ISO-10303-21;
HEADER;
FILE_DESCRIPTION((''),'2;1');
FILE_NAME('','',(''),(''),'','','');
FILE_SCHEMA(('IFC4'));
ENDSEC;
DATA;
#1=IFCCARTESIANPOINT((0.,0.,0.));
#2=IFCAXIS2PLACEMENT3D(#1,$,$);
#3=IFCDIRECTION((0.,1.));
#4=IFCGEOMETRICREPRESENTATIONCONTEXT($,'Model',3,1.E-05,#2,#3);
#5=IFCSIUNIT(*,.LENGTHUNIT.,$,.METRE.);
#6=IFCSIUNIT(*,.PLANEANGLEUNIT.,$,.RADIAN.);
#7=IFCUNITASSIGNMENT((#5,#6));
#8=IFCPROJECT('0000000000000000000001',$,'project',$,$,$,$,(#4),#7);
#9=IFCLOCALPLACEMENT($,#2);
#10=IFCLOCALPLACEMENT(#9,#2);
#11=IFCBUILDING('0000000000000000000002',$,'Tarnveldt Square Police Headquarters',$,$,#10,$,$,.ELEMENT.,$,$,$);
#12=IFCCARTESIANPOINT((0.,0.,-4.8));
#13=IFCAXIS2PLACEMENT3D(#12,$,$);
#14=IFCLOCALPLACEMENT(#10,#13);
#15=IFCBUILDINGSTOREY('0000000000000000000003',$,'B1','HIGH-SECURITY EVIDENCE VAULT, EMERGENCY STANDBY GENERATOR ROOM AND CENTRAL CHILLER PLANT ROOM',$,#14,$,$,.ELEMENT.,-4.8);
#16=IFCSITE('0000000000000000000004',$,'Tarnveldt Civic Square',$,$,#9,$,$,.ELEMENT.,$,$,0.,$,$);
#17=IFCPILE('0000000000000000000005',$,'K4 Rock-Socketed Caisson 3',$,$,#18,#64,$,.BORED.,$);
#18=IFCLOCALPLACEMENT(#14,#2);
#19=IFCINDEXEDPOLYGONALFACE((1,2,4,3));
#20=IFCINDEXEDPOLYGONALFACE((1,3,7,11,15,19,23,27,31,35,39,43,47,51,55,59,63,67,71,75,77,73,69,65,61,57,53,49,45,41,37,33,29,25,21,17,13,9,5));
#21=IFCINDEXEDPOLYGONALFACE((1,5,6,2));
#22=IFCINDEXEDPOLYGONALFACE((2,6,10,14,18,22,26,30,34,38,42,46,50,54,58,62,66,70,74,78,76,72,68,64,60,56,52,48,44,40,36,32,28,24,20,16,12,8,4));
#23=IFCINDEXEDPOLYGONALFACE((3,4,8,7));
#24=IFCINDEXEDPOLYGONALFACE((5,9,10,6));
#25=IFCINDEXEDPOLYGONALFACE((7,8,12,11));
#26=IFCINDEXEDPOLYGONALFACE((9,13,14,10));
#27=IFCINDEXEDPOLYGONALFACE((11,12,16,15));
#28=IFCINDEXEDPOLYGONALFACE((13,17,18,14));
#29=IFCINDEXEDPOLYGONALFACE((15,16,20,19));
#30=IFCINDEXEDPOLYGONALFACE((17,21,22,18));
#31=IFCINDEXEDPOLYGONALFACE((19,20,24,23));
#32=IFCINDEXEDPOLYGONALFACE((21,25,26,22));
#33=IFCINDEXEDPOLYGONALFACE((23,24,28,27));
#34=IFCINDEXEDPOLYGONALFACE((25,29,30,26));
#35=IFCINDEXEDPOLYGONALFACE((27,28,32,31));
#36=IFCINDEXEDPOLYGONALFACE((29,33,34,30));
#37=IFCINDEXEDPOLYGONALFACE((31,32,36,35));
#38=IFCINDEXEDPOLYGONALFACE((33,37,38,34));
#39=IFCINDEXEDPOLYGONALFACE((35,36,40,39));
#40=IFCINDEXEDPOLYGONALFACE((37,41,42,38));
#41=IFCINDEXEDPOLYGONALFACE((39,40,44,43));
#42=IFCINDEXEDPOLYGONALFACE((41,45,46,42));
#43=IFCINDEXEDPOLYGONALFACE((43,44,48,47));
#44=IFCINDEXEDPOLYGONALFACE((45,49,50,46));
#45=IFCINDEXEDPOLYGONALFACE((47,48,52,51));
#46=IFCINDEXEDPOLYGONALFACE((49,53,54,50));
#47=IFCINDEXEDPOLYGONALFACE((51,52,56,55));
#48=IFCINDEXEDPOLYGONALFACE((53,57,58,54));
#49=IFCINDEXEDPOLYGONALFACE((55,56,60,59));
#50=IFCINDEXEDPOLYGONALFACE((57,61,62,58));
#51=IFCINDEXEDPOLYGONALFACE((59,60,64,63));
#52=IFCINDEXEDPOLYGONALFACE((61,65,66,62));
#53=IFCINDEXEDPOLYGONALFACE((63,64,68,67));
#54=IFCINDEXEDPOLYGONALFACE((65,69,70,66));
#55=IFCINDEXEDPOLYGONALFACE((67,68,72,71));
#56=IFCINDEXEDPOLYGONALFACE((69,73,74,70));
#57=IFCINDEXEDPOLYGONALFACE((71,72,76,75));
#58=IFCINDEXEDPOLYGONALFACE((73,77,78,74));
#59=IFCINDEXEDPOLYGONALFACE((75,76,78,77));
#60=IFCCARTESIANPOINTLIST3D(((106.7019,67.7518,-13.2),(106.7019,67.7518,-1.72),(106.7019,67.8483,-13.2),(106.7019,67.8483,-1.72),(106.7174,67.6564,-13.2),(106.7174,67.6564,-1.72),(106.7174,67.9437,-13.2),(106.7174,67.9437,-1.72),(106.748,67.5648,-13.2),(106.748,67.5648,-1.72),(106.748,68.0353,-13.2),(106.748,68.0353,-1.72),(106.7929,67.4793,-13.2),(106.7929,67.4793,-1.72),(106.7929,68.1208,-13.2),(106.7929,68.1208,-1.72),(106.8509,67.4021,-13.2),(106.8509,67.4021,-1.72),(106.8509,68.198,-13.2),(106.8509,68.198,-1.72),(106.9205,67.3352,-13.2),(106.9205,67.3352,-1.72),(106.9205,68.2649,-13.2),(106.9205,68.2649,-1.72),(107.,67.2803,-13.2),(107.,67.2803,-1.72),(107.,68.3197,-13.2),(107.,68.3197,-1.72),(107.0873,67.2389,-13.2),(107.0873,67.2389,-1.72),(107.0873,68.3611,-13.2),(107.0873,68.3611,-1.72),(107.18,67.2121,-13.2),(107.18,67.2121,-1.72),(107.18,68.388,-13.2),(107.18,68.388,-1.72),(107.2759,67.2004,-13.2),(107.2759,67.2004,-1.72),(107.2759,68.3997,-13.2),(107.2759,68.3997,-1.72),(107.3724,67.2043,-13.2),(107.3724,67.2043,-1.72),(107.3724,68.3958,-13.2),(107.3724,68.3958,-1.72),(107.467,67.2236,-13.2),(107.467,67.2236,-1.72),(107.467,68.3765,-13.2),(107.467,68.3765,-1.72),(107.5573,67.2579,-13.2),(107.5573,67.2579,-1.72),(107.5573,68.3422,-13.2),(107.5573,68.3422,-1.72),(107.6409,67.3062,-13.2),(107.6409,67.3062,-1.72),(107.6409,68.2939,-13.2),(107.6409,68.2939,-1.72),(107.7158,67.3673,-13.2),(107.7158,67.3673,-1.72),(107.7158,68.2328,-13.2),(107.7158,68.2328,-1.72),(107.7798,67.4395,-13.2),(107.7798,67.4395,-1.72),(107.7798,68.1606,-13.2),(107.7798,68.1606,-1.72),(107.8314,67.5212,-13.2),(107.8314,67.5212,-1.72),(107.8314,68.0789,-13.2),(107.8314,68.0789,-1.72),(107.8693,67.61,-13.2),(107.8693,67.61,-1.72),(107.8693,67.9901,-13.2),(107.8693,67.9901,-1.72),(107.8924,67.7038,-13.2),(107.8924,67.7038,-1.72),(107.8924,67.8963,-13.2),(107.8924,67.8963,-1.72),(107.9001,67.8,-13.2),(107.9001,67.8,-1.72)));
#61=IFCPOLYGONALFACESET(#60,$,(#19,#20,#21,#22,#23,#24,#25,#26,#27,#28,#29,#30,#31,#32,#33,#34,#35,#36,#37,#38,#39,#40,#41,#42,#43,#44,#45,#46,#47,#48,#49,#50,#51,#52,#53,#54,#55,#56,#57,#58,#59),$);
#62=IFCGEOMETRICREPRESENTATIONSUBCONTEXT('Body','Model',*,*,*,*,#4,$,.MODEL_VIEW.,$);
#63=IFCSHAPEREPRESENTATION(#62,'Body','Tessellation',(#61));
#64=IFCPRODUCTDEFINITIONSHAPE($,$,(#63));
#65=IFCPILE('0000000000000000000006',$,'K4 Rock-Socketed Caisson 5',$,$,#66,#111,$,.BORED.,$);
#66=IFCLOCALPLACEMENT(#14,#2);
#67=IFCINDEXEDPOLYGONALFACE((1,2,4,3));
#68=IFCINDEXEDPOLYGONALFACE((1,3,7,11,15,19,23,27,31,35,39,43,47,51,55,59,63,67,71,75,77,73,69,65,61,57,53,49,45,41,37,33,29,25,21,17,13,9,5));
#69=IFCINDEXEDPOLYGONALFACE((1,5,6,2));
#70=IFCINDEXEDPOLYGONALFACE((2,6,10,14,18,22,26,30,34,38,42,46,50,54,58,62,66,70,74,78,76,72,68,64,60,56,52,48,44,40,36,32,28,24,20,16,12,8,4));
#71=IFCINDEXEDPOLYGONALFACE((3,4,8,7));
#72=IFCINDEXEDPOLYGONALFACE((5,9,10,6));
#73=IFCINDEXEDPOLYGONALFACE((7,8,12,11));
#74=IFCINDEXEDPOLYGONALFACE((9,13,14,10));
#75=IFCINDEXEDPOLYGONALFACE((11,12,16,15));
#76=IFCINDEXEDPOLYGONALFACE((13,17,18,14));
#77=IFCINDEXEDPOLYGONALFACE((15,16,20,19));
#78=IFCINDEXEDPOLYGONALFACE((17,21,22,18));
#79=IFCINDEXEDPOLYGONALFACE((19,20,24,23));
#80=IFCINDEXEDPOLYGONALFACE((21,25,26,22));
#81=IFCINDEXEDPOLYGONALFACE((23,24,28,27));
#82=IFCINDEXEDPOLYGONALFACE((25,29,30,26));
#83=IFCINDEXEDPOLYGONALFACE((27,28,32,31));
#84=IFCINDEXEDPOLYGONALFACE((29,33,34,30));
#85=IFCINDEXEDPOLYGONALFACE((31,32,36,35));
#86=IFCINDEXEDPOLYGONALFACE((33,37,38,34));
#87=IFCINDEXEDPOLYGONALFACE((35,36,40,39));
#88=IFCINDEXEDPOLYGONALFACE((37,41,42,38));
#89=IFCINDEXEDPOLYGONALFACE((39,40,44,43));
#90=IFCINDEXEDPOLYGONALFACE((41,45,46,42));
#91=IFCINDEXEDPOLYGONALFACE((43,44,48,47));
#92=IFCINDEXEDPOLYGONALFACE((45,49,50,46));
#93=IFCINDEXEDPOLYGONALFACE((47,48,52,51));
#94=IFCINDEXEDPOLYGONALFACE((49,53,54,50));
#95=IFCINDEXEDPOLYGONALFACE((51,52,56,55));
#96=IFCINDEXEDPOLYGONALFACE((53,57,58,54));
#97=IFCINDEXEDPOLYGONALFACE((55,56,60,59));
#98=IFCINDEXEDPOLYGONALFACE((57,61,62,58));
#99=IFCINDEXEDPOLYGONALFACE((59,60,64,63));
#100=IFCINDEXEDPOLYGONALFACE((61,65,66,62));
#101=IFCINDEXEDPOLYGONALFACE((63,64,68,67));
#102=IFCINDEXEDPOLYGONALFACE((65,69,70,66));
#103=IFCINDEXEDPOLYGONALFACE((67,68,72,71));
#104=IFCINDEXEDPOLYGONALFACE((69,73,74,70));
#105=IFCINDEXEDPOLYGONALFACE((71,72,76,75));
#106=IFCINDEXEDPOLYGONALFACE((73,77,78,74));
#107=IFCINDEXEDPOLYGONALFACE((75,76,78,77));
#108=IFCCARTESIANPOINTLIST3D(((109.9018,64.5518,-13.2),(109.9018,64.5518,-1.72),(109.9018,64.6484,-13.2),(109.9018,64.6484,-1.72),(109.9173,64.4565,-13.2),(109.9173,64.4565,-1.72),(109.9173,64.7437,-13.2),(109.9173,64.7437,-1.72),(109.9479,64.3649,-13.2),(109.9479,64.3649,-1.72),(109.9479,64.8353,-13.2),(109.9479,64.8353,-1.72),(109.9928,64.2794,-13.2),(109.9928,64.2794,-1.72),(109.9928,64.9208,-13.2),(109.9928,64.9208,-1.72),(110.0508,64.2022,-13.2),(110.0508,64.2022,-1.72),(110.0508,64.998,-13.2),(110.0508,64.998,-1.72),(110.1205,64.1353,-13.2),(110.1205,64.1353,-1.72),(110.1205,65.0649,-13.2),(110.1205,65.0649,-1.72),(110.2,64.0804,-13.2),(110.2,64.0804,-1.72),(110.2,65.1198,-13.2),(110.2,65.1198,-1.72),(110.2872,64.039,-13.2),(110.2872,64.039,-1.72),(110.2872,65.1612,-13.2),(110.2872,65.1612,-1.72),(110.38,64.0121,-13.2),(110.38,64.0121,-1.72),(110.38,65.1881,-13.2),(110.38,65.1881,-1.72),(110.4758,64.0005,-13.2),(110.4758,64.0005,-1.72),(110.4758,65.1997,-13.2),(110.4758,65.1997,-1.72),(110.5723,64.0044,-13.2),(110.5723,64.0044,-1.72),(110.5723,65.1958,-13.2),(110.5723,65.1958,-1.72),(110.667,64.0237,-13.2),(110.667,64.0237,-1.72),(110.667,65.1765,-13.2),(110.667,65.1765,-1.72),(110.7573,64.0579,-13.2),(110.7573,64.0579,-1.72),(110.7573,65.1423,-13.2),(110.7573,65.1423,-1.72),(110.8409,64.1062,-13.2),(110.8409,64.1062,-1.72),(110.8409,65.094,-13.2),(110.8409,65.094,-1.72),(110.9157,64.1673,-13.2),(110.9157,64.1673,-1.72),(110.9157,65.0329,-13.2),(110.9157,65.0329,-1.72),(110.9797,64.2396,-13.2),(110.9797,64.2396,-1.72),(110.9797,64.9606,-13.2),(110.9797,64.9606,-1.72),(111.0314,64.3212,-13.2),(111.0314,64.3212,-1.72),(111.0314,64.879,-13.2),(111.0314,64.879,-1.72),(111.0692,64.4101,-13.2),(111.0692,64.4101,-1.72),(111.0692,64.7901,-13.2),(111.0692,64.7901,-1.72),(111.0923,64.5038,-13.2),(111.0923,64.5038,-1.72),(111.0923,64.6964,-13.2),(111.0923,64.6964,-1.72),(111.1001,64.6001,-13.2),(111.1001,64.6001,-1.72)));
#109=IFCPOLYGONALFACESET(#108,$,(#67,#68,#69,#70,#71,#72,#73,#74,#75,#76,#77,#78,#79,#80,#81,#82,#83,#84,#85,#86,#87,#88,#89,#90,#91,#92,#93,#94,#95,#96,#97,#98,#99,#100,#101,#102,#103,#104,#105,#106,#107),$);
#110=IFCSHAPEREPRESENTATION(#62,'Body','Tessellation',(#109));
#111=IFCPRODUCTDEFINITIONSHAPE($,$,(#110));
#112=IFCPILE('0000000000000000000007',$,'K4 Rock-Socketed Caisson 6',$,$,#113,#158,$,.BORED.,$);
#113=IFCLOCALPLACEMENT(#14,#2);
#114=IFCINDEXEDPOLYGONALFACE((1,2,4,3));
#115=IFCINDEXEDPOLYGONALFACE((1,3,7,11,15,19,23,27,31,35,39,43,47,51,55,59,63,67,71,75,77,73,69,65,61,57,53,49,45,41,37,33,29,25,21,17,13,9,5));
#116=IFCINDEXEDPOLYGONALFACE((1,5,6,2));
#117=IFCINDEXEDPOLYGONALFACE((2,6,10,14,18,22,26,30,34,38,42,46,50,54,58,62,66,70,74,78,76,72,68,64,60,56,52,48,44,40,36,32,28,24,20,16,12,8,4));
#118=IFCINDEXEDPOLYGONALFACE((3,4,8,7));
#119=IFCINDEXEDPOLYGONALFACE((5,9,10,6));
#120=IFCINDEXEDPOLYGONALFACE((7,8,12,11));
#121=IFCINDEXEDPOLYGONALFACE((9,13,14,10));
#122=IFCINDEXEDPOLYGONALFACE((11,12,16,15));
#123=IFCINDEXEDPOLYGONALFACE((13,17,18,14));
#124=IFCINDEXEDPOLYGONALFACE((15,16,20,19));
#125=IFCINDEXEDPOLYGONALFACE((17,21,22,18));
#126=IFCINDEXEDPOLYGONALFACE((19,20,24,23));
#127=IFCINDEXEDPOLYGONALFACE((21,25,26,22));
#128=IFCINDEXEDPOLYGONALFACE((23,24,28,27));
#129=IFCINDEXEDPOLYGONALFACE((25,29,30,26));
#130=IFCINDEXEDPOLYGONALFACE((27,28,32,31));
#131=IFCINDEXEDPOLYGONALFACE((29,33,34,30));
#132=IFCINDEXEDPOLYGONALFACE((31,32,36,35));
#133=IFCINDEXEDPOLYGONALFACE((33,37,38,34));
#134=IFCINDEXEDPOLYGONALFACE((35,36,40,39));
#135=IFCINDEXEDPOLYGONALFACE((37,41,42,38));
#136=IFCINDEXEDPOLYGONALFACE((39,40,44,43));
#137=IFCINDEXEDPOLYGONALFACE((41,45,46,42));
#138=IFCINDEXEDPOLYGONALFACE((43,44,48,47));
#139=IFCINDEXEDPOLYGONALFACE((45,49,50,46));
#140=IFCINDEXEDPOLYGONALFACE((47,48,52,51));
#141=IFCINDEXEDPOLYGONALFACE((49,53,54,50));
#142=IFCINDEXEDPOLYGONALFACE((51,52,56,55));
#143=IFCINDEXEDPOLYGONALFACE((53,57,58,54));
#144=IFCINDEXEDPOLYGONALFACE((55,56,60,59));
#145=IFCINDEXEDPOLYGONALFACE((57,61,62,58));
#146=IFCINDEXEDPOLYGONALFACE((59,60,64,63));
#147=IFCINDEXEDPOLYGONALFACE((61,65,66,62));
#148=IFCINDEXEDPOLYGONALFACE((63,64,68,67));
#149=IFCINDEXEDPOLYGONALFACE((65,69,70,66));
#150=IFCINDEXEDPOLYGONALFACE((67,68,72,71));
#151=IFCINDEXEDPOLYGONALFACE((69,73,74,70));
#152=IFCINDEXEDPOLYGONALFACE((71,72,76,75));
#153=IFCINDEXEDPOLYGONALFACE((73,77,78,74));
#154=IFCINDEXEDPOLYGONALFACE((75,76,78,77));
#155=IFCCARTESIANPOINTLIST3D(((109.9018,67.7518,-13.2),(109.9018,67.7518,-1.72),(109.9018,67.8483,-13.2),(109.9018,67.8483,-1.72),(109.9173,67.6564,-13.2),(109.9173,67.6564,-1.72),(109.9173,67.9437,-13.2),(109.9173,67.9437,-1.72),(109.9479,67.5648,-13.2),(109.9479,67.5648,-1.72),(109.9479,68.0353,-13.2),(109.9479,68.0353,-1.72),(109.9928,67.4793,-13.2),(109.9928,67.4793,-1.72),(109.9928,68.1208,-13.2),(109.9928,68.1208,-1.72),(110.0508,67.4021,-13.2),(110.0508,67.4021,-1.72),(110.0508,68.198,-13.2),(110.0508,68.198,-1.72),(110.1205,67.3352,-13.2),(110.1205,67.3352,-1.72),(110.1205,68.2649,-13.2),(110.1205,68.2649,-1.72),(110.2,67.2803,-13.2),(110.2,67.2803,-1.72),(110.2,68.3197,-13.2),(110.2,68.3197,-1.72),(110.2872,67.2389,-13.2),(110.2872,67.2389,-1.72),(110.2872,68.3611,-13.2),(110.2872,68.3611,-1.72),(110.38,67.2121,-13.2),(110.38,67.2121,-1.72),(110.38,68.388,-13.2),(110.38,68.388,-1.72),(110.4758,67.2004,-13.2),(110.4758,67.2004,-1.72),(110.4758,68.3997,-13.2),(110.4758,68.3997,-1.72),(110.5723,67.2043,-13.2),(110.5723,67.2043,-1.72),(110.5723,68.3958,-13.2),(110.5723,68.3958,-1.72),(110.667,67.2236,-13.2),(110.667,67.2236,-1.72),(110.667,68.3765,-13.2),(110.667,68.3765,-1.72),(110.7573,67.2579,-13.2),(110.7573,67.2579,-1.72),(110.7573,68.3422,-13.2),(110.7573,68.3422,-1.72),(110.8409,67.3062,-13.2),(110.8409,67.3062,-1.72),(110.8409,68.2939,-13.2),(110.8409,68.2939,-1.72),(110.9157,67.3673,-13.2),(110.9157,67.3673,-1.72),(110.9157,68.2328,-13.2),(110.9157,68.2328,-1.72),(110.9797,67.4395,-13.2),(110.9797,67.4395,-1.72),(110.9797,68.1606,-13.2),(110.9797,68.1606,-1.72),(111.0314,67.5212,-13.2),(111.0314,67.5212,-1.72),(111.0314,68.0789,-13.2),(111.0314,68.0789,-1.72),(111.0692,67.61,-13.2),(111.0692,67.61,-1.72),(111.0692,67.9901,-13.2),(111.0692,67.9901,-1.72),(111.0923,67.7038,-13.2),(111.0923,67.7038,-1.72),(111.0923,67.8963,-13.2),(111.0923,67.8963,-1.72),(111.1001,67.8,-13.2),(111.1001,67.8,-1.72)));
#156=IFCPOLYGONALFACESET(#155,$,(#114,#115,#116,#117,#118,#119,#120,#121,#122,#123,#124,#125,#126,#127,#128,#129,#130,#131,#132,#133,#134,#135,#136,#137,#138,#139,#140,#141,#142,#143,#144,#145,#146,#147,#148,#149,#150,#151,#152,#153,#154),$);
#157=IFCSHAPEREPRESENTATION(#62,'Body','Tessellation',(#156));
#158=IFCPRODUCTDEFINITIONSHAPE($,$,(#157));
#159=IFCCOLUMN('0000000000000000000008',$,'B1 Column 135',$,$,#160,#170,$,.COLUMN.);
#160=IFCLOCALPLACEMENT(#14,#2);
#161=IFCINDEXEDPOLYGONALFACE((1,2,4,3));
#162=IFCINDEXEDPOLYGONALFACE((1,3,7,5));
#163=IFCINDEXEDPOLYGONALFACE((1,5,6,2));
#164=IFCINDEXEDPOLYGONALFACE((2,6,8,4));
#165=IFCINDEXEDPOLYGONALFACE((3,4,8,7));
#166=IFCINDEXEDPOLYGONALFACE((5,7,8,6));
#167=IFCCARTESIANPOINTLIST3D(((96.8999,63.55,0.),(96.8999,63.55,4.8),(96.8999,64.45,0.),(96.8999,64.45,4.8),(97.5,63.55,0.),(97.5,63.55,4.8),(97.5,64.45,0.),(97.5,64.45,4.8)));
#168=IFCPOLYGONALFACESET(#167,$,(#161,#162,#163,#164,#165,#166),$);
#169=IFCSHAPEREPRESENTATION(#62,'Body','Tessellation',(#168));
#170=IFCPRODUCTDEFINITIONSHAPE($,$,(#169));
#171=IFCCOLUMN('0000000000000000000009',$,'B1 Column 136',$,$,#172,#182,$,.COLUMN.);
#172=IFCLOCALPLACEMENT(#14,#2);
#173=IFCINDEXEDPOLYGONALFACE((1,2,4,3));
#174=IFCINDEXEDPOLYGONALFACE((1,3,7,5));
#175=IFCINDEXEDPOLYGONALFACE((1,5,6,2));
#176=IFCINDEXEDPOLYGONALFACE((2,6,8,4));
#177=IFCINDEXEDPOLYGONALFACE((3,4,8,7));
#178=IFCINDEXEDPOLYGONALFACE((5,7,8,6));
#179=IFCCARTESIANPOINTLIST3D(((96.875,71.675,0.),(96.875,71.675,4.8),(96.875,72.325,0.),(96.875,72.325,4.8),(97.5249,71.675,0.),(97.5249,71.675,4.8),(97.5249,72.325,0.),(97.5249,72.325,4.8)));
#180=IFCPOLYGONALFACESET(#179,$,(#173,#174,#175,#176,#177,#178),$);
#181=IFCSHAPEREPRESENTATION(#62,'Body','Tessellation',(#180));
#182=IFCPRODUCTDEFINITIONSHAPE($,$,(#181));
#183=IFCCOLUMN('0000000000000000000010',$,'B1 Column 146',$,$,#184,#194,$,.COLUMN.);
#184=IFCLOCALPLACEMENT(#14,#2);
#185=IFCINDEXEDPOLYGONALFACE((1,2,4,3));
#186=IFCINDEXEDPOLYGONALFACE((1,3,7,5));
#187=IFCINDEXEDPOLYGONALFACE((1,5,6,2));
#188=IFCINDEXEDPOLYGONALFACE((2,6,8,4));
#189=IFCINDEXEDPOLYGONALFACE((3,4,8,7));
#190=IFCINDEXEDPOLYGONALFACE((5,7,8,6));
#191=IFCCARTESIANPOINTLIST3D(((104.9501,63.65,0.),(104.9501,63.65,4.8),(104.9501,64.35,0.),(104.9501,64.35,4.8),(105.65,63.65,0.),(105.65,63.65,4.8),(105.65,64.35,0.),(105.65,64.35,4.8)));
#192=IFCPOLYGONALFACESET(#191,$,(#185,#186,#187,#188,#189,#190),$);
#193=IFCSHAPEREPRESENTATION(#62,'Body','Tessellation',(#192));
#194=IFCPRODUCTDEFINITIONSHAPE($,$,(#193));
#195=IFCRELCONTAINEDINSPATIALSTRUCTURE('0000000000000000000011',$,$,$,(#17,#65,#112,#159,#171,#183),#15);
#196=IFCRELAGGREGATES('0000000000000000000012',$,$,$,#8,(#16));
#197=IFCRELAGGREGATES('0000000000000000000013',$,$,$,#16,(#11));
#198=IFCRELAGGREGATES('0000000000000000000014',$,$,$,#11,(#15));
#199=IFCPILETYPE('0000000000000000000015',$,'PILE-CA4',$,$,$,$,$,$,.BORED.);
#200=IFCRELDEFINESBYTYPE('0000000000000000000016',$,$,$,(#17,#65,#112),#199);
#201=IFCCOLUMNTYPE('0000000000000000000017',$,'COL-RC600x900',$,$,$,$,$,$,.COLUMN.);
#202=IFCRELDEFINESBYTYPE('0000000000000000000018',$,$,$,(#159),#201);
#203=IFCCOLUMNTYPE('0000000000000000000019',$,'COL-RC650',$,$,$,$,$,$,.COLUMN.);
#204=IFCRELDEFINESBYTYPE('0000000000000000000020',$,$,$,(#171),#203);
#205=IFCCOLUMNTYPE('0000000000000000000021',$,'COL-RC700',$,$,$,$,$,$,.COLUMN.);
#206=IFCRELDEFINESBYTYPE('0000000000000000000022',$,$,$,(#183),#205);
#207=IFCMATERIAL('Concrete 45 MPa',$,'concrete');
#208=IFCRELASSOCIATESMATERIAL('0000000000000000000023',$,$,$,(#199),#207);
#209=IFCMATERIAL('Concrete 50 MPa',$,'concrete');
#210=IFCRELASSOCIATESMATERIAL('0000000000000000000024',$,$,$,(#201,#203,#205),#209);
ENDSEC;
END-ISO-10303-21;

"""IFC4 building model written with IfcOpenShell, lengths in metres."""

from ifc_helpers import new_model, si_unit, direction, frame, origin, origin_2d, place, context, subcontext, project, spatial, rectangle, circle, extrude, material, material_profile, profile_set, type_object, element, save


model = new_model("IFC4")

# Units and contexts
model_context = context("Model", 3, precision=1e-05, world=origin(), true_north=direction((0.0, 1.0)))
body_context = subcontext(model_context, "Body", "Model", "MODEL_VIEW")
ifc_project = project(units=[si_unit("LENGTHUNIT", "METRE"), si_unit("PLANEANGLEUNIT", "RADIAN")], contexts=[model_context])

# Site, building, storey
site_placement = place(None, origin())
site = spatial("IfcSite", under=ifc_project, at=site_placement, Name="Tarnveldt Civic Square", CompositionType="ELEMENT", RefElevation=0.0)
building_placement = place(site_placement, origin())
building = spatial("IfcBuilding", under=site, at=building_placement, Name="Tarnveldt Square Police Headquarters", CompositionType="ELEMENT")
storey_placement = place(building_placement, frame((0.0, 0.0, -4.8)))
storey = spatial("IfcBuildingStorey", under=building, at=storey_placement, Name="B1", Description="HIGH-SECURITY EVIDENCE VAULT, EMERGENCY STANDBY GENERATOR ROOM AND CENTRAL CHILLER PLANT ROOM", CompositionType="ELEMENT", Elevation=-4.8)

# Shared definitions
ifc_material_1 = material(Name="Concrete 45 MPa", Category="concrete")

# Piles
ifc_material_profile_1 = material_profile(ifc_material_1, circle(Radius=0.6001, at=origin_2d()), Name="CAISSON-D1200")
ifc_profile_set_1 = profile_set([ifc_material_profile_1], Name="Concrete 45 MPa")
pile_type_1 = type_object("IfcPileType", Name="PILE-CA4", PredefinedType="BORED", material=ifc_profile_set_1)
for number, where, z_axis, x_axis, name in (
    (1, (107.3, 67.8, -1.72), (0.0, 0.0, -1.0), (1.0, 0.0, 0.0), "K4 Rock-Socketed Caisson 3"),
    (2, (110.5, 64.6001, -1.72), (0.0, 0.0, -1.0), (1.0, 0.0, 0.0), "K4 Rock-Socketed Caisson 5"),
    (3, (110.5, 67.8, -1.72), (0.0, 0.0, -1.0), (1.0, 0.0, 0.0), "K4 Rock-Socketed Caisson 6"),
):
    element("IfcPile", number, at=place(storey_placement, frame(where, z_axis=z_axis, x_axis=x_axis)), inside=storey, type_object=pile_type_1, Name=name, PredefinedType="BORED", context=body_context, shape_type="SweptSolid", body=[
        extrude(circle(Radius=0.6001, at=origin_2d()), origin(), (0.0, 0.0, 1.0), 11.48),
    ])

# Columns
ifc_material_2 = material(Name="Concrete 50 MPa", Category="concrete")
ifc_material_profile_2 = material_profile(ifc_material_2, rectangle(XDim=0.6001, YDim=0.8999, at=origin_2d()), Name="RC-C600x900")
ifc_profile_set_2 = profile_set([ifc_material_profile_2], Name="Concrete 50 MPa")
column_type_1 = type_object("IfcColumnType", Name="COL-RC600x900", PredefinedType="COLUMN", material=ifc_profile_set_2)
column_1_placement = place(storey_placement, frame((97.2, 64.0, 0.0), z_axis=(0.0, 0.0, 1.0), x_axis=(1.0, 0.0, 0.0)))
element("IfcColumn", 4, at=column_1_placement, inside=storey, type_object=column_type_1, Name="B1 Column 135", PredefinedType="COLUMN", context=body_context, shape_type="SweptSolid", body=[
    extrude(rectangle(XDim=0.6001, YDim=0.8999, at=origin_2d()), origin(), (0.0, 0.0, 1.0), 4.8),
])
ifc_material_profile_3 = material_profile(ifc_material_2, rectangle(XDim=0.6499, YDim=0.6499, at=origin_2d()), Name="RC-C650x650")
ifc_profile_set_3 = profile_set([ifc_material_profile_3], Name="Concrete 50 MPa")
column_type_2 = type_object("IfcColumnType", Name="COL-RC650", PredefinedType="COLUMN", material=ifc_profile_set_3)
column_2_placement = place(storey_placement, frame((97.2, 72.0, 0.0), z_axis=(0.0, 0.0, 1.0), x_axis=(1.0, 0.0, 0.0)))
element("IfcColumn", 5, at=column_2_placement, inside=storey, type_object=column_type_2, Name="B1 Column 136", PredefinedType="COLUMN", context=body_context, shape_type="SweptSolid", body=[
    extrude(rectangle(XDim=0.6499, YDim=0.6499, at=origin_2d()), origin(), (0.0, 0.0, 1.0), 4.8),
])
ifc_material_profile_4 = material_profile(ifc_material_2, rectangle(XDim=0.7, YDim=0.7, at=origin_2d()), Name="RC-C700x700")
ifc_profile_set_4 = profile_set([ifc_material_profile_4], Name="Concrete 50 MPa")
column_type_3 = type_object("IfcColumnType", Name="COL-RC700", PredefinedType="COLUMN", material=ifc_profile_set_4)
column_3_placement = place(storey_placement, frame((105.3, 64.0, 0.0), z_axis=(0.0, 0.0, 1.0), x_axis=(1.0, 0.0, 0.0)))
element("IfcColumn", 6, at=column_3_placement, inside=storey, type_object=column_type_3, Name="B1 Column 146", PredefinedType="COLUMN", context=body_context, shape_type="SweptSolid", body=[
    extrude(rectangle(XDim=0.7, YDim=0.7, at=origin_2d()), origin(), (0.0, 0.0, 1.0), 4.8),
])

save(model, "model.ifc")
